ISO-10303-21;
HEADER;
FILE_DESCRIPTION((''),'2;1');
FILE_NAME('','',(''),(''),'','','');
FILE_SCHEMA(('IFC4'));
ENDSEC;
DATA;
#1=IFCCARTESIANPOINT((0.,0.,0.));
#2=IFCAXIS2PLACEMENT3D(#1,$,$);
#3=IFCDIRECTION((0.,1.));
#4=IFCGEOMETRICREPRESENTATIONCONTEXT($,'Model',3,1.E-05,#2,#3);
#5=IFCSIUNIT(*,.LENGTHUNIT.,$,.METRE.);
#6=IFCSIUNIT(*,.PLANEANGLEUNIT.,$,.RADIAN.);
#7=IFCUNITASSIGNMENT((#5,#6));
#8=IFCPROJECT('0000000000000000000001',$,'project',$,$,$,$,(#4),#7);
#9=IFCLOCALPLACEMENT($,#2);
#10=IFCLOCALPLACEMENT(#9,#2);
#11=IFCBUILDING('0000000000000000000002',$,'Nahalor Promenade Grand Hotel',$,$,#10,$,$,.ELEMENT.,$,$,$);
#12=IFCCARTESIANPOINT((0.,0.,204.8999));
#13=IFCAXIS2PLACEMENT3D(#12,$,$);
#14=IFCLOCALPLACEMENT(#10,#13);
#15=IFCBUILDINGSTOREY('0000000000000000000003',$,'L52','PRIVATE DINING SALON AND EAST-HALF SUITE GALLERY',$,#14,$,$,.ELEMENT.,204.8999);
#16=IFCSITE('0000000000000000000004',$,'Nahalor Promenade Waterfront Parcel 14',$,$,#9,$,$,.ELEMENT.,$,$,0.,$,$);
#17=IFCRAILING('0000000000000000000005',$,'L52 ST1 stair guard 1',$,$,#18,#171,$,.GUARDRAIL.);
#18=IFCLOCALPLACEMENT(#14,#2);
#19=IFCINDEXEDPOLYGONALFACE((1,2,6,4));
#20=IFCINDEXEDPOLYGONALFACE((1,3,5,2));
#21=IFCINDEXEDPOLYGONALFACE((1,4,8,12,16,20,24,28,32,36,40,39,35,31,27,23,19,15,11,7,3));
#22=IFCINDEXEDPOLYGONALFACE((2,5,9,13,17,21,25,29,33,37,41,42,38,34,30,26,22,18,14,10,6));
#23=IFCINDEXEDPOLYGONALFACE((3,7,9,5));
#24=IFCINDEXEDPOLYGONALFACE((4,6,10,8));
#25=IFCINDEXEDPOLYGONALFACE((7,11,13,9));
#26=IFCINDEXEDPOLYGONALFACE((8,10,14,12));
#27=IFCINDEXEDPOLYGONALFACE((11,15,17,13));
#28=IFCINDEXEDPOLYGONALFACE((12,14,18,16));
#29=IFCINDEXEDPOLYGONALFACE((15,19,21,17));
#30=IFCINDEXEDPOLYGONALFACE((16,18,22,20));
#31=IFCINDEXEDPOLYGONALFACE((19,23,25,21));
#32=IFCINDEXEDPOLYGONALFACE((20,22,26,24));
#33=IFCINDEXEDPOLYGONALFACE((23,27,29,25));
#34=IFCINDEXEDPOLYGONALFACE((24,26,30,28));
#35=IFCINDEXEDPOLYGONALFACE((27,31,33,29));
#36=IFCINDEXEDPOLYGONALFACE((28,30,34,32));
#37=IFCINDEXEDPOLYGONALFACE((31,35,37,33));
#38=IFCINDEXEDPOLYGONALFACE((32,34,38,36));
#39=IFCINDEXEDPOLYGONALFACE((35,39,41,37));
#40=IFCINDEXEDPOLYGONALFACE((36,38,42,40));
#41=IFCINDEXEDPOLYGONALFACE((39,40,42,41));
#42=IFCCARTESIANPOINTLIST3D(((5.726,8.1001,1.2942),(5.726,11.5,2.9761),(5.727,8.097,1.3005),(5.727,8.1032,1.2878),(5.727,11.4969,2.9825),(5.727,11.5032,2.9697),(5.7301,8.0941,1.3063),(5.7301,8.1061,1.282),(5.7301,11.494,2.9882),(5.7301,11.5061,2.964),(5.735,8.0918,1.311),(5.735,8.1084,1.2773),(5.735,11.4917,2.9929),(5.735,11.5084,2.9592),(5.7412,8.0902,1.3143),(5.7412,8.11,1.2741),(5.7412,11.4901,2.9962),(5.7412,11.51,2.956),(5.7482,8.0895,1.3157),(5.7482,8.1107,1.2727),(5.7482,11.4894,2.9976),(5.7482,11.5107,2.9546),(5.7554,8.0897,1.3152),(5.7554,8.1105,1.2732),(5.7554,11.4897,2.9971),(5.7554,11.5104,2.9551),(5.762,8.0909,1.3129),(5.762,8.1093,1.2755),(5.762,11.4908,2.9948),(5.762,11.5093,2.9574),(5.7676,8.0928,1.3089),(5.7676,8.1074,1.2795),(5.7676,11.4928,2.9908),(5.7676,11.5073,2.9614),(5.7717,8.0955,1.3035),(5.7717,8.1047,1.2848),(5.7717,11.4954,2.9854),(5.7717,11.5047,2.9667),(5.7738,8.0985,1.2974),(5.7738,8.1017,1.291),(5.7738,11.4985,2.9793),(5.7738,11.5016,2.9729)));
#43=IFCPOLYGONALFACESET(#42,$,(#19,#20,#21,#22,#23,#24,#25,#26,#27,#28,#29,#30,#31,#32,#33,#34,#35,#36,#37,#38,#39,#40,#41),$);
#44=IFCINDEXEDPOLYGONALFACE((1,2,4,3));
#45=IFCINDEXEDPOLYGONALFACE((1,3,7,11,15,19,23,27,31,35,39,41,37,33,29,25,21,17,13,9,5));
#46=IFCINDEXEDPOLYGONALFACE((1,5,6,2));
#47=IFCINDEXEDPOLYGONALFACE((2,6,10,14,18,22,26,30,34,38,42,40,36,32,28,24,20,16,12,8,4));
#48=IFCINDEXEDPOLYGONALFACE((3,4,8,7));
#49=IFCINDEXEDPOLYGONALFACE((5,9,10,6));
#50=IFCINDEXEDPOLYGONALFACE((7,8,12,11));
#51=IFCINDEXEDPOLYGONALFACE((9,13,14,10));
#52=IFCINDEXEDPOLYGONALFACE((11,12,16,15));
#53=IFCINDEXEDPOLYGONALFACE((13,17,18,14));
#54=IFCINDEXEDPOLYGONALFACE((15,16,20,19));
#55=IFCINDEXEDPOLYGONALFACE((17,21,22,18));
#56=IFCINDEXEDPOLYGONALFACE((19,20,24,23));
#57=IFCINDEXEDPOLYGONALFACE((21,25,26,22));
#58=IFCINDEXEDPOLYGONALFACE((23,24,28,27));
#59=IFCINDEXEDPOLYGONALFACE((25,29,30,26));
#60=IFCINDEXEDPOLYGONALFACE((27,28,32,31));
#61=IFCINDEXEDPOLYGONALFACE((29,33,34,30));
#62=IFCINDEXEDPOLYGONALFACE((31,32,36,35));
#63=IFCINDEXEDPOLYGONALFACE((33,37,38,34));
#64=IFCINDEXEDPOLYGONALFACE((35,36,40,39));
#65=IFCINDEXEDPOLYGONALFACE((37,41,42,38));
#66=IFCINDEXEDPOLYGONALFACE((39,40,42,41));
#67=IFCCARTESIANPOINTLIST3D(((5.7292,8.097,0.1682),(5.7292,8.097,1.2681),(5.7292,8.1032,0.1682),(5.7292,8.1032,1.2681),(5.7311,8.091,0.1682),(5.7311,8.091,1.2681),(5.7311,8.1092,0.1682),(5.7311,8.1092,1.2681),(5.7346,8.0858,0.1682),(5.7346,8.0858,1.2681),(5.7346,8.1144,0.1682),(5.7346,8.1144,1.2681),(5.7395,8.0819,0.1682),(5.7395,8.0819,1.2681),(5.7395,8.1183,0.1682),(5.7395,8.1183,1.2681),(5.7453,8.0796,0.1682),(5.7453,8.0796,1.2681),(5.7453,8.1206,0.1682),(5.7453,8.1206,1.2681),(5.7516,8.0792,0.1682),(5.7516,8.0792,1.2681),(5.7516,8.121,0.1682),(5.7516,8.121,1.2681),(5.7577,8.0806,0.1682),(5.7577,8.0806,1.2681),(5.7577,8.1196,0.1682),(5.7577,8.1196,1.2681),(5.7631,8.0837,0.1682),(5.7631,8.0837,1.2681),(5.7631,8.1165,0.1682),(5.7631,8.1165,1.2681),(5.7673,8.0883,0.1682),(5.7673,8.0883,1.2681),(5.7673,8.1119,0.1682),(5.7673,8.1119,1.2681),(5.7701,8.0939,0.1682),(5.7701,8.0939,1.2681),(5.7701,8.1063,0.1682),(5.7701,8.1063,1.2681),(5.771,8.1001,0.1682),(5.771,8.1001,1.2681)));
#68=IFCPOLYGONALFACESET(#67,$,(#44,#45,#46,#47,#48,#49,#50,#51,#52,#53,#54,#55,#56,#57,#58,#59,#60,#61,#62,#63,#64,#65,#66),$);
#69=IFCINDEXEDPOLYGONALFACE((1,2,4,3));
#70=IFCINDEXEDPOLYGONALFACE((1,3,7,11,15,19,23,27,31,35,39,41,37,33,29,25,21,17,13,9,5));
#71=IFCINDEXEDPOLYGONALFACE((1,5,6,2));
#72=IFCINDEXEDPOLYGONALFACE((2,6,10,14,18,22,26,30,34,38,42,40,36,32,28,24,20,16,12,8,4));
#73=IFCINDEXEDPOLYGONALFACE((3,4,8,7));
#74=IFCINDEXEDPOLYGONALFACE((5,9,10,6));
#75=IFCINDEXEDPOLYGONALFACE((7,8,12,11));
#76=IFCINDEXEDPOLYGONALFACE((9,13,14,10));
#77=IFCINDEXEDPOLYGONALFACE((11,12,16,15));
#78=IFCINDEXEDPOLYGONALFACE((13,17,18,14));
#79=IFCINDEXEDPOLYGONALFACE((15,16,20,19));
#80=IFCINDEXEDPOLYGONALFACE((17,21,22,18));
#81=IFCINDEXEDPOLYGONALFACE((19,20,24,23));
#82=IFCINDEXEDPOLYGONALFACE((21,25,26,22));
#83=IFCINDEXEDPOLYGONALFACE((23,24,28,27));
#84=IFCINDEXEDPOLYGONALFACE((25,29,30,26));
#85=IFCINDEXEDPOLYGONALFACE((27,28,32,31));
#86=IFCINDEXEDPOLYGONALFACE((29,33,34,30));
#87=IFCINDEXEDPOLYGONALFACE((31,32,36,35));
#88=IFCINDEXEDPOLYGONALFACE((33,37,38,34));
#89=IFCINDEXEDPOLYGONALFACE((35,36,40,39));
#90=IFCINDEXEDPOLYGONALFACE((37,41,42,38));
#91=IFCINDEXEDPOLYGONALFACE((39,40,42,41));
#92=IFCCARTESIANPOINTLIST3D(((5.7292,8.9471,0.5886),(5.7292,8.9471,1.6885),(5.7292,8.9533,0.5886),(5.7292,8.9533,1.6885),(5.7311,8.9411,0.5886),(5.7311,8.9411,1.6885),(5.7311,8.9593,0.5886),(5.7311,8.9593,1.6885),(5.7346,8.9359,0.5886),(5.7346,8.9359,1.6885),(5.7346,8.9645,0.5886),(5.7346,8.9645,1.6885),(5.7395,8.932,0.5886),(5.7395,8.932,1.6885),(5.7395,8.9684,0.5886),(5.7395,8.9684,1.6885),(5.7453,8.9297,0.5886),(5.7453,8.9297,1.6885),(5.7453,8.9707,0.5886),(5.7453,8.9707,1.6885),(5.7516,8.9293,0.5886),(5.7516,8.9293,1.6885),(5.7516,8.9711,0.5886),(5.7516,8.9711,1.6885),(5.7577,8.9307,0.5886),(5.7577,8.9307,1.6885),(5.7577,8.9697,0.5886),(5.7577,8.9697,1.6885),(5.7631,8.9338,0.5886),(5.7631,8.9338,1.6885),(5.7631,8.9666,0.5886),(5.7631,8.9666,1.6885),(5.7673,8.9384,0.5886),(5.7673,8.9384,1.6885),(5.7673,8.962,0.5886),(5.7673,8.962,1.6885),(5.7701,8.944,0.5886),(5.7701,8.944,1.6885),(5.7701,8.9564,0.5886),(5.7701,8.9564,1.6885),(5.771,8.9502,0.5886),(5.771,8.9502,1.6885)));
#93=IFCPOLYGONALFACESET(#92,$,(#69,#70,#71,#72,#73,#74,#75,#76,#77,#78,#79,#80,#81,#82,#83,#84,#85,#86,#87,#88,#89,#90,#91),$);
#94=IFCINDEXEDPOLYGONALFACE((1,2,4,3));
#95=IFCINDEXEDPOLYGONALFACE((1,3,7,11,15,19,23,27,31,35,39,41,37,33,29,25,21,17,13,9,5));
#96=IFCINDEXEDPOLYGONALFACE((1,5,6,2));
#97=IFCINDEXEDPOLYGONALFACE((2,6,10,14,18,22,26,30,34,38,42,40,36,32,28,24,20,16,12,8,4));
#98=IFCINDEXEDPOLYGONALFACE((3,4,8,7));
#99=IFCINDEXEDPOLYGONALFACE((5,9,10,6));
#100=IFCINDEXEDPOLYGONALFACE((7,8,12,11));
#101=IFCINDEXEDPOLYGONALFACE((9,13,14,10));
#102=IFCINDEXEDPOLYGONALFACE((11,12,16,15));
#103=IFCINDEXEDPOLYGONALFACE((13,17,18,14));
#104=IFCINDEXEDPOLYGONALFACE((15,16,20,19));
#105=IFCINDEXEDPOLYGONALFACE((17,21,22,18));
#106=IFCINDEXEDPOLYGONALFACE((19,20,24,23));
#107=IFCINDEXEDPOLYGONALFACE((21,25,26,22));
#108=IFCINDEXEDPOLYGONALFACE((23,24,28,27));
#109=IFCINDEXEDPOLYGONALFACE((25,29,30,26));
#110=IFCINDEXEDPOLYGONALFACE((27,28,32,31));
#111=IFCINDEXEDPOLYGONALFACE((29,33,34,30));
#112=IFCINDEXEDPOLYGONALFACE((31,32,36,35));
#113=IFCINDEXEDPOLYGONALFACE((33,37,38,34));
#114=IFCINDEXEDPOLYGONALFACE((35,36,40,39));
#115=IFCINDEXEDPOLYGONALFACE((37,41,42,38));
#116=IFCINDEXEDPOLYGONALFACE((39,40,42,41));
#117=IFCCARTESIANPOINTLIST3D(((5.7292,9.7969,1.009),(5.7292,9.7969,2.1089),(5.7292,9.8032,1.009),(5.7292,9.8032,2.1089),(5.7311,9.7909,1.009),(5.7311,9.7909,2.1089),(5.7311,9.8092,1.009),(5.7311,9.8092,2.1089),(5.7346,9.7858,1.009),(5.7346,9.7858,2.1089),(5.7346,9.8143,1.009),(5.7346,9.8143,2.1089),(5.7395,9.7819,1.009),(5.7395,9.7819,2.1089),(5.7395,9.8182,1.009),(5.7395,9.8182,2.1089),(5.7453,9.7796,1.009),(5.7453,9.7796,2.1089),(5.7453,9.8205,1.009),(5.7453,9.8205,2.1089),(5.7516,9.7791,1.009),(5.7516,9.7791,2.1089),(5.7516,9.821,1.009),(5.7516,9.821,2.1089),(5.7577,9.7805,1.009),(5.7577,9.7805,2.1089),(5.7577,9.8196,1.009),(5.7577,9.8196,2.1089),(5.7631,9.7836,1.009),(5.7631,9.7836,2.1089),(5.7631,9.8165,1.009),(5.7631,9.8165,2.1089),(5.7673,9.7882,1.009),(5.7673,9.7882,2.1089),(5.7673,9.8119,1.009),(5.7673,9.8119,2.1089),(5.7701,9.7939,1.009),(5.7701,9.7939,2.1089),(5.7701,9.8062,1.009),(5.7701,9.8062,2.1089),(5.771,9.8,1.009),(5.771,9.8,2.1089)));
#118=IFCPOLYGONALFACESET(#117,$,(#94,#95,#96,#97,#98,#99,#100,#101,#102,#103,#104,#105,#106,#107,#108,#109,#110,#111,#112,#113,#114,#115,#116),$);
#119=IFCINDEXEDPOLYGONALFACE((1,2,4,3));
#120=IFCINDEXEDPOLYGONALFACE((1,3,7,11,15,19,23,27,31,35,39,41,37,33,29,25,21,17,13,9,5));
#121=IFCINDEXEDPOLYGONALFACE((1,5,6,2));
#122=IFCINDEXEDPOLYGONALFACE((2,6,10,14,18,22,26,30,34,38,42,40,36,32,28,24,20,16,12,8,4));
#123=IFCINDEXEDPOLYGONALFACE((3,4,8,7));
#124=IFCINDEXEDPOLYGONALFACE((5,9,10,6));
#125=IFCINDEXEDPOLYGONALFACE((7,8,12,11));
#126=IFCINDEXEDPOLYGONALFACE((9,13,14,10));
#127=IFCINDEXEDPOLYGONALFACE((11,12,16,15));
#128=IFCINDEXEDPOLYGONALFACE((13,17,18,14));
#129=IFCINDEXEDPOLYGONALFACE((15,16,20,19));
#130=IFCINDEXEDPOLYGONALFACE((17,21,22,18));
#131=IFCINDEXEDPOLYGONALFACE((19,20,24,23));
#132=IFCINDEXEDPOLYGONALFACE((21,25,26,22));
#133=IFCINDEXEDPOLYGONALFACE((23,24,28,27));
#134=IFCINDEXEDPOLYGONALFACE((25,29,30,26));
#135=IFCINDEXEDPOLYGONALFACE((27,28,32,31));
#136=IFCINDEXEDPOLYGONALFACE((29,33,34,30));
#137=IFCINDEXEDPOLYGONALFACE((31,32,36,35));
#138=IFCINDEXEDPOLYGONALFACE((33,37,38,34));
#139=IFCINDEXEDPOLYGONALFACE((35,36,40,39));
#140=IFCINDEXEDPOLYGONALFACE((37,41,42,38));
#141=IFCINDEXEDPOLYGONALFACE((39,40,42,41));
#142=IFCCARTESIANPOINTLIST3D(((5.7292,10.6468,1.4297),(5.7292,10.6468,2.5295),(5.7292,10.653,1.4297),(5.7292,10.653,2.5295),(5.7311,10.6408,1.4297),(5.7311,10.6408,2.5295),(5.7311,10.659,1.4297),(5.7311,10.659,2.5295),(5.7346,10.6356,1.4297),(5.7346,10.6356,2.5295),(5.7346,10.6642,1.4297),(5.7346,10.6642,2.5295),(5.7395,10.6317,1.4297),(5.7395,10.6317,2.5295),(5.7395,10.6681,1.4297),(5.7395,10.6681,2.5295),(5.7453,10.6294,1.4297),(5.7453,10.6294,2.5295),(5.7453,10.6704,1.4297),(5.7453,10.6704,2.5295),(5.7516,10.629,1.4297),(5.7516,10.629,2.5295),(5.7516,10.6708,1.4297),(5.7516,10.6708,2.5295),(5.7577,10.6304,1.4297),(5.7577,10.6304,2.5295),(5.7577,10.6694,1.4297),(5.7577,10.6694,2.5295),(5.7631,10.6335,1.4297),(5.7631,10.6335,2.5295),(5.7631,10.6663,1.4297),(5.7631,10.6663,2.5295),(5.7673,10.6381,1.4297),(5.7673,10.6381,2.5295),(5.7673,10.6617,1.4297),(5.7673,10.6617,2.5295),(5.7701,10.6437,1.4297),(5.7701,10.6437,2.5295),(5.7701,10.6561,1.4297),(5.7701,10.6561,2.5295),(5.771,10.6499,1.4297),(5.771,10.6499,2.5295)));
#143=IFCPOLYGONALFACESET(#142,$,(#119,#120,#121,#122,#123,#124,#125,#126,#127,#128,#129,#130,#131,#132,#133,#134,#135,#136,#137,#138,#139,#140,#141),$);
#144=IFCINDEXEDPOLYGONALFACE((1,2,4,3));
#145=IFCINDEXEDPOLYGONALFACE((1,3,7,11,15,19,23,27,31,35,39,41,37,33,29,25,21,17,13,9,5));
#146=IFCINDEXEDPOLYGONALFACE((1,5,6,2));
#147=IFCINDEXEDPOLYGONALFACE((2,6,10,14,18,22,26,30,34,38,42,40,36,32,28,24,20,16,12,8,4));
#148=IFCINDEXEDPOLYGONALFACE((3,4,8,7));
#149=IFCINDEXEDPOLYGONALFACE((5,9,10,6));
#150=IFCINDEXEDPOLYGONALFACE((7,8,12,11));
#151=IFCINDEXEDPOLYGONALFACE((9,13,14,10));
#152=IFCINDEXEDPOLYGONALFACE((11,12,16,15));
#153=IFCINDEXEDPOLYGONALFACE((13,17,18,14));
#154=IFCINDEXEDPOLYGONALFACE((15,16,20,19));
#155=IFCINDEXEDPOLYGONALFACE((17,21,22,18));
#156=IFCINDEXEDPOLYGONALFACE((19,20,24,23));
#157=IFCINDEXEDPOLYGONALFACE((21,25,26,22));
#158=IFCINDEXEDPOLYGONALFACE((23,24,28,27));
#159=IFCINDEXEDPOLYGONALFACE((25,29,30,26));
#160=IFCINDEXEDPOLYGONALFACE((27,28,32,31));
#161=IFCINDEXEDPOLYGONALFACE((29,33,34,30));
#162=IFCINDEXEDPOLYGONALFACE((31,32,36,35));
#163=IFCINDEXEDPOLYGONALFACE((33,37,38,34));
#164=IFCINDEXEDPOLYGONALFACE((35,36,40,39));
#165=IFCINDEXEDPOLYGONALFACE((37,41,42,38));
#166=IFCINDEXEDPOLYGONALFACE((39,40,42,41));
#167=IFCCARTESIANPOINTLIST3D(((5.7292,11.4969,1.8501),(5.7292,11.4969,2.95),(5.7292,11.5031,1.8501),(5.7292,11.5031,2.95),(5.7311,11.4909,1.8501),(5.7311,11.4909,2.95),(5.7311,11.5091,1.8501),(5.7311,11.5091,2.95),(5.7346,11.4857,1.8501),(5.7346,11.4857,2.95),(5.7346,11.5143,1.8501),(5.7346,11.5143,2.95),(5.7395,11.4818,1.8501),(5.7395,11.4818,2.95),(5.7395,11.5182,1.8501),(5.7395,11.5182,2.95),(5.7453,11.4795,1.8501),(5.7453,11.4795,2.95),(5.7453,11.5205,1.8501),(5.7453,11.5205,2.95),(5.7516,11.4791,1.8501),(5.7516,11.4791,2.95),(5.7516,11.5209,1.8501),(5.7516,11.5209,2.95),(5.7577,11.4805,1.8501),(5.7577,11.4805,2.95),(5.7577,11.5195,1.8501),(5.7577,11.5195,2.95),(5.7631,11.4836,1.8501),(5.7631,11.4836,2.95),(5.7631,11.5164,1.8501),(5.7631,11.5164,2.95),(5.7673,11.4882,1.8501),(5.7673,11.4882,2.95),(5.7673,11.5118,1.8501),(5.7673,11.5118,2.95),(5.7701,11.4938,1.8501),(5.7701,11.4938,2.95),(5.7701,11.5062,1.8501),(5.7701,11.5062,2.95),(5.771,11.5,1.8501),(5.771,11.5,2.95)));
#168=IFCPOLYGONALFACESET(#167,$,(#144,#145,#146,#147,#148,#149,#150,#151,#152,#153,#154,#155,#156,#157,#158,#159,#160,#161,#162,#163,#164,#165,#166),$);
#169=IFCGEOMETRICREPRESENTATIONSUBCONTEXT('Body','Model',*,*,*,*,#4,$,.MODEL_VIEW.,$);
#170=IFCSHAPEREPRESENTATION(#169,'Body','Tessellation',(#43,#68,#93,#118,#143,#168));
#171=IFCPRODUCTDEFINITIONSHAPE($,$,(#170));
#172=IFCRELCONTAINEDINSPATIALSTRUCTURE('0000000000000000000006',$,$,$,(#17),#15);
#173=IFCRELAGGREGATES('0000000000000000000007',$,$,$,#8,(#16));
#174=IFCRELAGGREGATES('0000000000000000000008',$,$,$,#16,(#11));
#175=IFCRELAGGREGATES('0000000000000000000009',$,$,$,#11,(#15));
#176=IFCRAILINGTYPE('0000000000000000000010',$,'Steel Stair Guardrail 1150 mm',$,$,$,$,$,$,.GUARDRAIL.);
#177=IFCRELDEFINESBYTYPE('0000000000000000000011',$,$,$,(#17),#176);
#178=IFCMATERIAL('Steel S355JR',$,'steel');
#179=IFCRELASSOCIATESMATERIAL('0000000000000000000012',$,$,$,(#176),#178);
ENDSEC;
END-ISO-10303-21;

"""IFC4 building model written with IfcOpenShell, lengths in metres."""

from ifc_helpers import new_model, si_unit, direction, frame, origin, origin_2d, place, context, subcontext, project, spatial, circle, extrude, material, type_object, element, save


model = new_model("IFC4")

# Units and contexts
model_context = context("Model", 3, precision=1e-05, world=origin(), true_north=direction((0.0, 1.0)))
body_context = subcontext(model_context, "Body", "Model", "MODEL_VIEW")
ifc_project = project(units=[si_unit("LENGTHUNIT", "METRE"), si_unit("PLANEANGLEUNIT", "RADIAN")], contexts=[model_context])

# Site, building, storey
site_placement = place(None, origin())
site = spatial("IfcSite", under=ifc_project, at=site_placement, Name="Nahalor Promenade Waterfront Parcel 14", CompositionType="ELEMENT", RefElevation=0.0)
building_placement = place(site_placement, origin())
building = spatial("IfcBuilding", under=site, at=building_placement, Name="Nahalor Promenade Grand Hotel", CompositionType="ELEMENT")
storey_placement = place(building_placement, frame((0.0, 0.0, 204.8999)))
storey = spatial("IfcBuildingStorey", under=building, at=storey_placement, Name="L52", Description="PRIVATE DINING SALON AND EAST-HALF SUITE GALLERY", CompositionType="ELEMENT", Elevation=204.8999)

# Shared definitions
ifc_material_1 = material(Name="Steel S355JR", Category="steel")

# Railing
railing_type_1 = type_object("IfcRailingType", Name="Steel Stair Guardrail 1150 mm", PredefinedType="GUARDRAIL", material=ifc_material_1)
railing_1_placement = place(storey_placement, frame((5.75, 8.1001, 0.1682)))
element("IfcRailing", 1, at=railing_1_placement, inside=storey, type_object=railing_type_1, Name="L52 ST1 stair guard 1", PredefinedType="GUARDRAIL", context=body_context, shape_type="SweptSolid", body=[
    extrude(circle(Radius=0.024, at=origin_2d()), frame((0.0, 0.0, 1.126), z_axis=(0.0, 0.896324, 0.443399), x_axis=(-1.0, 0.0, 0.0)), (0.0, 0.0, 1.0), 3.7932),
    extrude(circle(Radius=0.021, at=origin_2d()), origin(), (0.0, 0.0, 1.0), 1.0999),
    extrude(circle(Radius=0.021, at=origin_2d()), frame((0.0, 0.8501, 0.4204)), (0.0, 0.0, 1.0), 1.0999),
    extrude(circle(Radius=0.021, at=origin_2d()), frame((0.0, 1.7, 0.8408)), (0.0, 0.0, 1.0), 1.0999),
    extrude(circle(Radius=0.021, at=origin_2d()), frame((0.0, 2.5498, 1.2615)), (0.0, 0.0, 1.0), 1.0999),
    extrude(circle(Radius=0.021, at=origin_2d()), frame((0.0, 3.3999, 1.6819)), (0.0, 0.0, 1.0), 1.0999),
])

save(model, "model.ifc")
